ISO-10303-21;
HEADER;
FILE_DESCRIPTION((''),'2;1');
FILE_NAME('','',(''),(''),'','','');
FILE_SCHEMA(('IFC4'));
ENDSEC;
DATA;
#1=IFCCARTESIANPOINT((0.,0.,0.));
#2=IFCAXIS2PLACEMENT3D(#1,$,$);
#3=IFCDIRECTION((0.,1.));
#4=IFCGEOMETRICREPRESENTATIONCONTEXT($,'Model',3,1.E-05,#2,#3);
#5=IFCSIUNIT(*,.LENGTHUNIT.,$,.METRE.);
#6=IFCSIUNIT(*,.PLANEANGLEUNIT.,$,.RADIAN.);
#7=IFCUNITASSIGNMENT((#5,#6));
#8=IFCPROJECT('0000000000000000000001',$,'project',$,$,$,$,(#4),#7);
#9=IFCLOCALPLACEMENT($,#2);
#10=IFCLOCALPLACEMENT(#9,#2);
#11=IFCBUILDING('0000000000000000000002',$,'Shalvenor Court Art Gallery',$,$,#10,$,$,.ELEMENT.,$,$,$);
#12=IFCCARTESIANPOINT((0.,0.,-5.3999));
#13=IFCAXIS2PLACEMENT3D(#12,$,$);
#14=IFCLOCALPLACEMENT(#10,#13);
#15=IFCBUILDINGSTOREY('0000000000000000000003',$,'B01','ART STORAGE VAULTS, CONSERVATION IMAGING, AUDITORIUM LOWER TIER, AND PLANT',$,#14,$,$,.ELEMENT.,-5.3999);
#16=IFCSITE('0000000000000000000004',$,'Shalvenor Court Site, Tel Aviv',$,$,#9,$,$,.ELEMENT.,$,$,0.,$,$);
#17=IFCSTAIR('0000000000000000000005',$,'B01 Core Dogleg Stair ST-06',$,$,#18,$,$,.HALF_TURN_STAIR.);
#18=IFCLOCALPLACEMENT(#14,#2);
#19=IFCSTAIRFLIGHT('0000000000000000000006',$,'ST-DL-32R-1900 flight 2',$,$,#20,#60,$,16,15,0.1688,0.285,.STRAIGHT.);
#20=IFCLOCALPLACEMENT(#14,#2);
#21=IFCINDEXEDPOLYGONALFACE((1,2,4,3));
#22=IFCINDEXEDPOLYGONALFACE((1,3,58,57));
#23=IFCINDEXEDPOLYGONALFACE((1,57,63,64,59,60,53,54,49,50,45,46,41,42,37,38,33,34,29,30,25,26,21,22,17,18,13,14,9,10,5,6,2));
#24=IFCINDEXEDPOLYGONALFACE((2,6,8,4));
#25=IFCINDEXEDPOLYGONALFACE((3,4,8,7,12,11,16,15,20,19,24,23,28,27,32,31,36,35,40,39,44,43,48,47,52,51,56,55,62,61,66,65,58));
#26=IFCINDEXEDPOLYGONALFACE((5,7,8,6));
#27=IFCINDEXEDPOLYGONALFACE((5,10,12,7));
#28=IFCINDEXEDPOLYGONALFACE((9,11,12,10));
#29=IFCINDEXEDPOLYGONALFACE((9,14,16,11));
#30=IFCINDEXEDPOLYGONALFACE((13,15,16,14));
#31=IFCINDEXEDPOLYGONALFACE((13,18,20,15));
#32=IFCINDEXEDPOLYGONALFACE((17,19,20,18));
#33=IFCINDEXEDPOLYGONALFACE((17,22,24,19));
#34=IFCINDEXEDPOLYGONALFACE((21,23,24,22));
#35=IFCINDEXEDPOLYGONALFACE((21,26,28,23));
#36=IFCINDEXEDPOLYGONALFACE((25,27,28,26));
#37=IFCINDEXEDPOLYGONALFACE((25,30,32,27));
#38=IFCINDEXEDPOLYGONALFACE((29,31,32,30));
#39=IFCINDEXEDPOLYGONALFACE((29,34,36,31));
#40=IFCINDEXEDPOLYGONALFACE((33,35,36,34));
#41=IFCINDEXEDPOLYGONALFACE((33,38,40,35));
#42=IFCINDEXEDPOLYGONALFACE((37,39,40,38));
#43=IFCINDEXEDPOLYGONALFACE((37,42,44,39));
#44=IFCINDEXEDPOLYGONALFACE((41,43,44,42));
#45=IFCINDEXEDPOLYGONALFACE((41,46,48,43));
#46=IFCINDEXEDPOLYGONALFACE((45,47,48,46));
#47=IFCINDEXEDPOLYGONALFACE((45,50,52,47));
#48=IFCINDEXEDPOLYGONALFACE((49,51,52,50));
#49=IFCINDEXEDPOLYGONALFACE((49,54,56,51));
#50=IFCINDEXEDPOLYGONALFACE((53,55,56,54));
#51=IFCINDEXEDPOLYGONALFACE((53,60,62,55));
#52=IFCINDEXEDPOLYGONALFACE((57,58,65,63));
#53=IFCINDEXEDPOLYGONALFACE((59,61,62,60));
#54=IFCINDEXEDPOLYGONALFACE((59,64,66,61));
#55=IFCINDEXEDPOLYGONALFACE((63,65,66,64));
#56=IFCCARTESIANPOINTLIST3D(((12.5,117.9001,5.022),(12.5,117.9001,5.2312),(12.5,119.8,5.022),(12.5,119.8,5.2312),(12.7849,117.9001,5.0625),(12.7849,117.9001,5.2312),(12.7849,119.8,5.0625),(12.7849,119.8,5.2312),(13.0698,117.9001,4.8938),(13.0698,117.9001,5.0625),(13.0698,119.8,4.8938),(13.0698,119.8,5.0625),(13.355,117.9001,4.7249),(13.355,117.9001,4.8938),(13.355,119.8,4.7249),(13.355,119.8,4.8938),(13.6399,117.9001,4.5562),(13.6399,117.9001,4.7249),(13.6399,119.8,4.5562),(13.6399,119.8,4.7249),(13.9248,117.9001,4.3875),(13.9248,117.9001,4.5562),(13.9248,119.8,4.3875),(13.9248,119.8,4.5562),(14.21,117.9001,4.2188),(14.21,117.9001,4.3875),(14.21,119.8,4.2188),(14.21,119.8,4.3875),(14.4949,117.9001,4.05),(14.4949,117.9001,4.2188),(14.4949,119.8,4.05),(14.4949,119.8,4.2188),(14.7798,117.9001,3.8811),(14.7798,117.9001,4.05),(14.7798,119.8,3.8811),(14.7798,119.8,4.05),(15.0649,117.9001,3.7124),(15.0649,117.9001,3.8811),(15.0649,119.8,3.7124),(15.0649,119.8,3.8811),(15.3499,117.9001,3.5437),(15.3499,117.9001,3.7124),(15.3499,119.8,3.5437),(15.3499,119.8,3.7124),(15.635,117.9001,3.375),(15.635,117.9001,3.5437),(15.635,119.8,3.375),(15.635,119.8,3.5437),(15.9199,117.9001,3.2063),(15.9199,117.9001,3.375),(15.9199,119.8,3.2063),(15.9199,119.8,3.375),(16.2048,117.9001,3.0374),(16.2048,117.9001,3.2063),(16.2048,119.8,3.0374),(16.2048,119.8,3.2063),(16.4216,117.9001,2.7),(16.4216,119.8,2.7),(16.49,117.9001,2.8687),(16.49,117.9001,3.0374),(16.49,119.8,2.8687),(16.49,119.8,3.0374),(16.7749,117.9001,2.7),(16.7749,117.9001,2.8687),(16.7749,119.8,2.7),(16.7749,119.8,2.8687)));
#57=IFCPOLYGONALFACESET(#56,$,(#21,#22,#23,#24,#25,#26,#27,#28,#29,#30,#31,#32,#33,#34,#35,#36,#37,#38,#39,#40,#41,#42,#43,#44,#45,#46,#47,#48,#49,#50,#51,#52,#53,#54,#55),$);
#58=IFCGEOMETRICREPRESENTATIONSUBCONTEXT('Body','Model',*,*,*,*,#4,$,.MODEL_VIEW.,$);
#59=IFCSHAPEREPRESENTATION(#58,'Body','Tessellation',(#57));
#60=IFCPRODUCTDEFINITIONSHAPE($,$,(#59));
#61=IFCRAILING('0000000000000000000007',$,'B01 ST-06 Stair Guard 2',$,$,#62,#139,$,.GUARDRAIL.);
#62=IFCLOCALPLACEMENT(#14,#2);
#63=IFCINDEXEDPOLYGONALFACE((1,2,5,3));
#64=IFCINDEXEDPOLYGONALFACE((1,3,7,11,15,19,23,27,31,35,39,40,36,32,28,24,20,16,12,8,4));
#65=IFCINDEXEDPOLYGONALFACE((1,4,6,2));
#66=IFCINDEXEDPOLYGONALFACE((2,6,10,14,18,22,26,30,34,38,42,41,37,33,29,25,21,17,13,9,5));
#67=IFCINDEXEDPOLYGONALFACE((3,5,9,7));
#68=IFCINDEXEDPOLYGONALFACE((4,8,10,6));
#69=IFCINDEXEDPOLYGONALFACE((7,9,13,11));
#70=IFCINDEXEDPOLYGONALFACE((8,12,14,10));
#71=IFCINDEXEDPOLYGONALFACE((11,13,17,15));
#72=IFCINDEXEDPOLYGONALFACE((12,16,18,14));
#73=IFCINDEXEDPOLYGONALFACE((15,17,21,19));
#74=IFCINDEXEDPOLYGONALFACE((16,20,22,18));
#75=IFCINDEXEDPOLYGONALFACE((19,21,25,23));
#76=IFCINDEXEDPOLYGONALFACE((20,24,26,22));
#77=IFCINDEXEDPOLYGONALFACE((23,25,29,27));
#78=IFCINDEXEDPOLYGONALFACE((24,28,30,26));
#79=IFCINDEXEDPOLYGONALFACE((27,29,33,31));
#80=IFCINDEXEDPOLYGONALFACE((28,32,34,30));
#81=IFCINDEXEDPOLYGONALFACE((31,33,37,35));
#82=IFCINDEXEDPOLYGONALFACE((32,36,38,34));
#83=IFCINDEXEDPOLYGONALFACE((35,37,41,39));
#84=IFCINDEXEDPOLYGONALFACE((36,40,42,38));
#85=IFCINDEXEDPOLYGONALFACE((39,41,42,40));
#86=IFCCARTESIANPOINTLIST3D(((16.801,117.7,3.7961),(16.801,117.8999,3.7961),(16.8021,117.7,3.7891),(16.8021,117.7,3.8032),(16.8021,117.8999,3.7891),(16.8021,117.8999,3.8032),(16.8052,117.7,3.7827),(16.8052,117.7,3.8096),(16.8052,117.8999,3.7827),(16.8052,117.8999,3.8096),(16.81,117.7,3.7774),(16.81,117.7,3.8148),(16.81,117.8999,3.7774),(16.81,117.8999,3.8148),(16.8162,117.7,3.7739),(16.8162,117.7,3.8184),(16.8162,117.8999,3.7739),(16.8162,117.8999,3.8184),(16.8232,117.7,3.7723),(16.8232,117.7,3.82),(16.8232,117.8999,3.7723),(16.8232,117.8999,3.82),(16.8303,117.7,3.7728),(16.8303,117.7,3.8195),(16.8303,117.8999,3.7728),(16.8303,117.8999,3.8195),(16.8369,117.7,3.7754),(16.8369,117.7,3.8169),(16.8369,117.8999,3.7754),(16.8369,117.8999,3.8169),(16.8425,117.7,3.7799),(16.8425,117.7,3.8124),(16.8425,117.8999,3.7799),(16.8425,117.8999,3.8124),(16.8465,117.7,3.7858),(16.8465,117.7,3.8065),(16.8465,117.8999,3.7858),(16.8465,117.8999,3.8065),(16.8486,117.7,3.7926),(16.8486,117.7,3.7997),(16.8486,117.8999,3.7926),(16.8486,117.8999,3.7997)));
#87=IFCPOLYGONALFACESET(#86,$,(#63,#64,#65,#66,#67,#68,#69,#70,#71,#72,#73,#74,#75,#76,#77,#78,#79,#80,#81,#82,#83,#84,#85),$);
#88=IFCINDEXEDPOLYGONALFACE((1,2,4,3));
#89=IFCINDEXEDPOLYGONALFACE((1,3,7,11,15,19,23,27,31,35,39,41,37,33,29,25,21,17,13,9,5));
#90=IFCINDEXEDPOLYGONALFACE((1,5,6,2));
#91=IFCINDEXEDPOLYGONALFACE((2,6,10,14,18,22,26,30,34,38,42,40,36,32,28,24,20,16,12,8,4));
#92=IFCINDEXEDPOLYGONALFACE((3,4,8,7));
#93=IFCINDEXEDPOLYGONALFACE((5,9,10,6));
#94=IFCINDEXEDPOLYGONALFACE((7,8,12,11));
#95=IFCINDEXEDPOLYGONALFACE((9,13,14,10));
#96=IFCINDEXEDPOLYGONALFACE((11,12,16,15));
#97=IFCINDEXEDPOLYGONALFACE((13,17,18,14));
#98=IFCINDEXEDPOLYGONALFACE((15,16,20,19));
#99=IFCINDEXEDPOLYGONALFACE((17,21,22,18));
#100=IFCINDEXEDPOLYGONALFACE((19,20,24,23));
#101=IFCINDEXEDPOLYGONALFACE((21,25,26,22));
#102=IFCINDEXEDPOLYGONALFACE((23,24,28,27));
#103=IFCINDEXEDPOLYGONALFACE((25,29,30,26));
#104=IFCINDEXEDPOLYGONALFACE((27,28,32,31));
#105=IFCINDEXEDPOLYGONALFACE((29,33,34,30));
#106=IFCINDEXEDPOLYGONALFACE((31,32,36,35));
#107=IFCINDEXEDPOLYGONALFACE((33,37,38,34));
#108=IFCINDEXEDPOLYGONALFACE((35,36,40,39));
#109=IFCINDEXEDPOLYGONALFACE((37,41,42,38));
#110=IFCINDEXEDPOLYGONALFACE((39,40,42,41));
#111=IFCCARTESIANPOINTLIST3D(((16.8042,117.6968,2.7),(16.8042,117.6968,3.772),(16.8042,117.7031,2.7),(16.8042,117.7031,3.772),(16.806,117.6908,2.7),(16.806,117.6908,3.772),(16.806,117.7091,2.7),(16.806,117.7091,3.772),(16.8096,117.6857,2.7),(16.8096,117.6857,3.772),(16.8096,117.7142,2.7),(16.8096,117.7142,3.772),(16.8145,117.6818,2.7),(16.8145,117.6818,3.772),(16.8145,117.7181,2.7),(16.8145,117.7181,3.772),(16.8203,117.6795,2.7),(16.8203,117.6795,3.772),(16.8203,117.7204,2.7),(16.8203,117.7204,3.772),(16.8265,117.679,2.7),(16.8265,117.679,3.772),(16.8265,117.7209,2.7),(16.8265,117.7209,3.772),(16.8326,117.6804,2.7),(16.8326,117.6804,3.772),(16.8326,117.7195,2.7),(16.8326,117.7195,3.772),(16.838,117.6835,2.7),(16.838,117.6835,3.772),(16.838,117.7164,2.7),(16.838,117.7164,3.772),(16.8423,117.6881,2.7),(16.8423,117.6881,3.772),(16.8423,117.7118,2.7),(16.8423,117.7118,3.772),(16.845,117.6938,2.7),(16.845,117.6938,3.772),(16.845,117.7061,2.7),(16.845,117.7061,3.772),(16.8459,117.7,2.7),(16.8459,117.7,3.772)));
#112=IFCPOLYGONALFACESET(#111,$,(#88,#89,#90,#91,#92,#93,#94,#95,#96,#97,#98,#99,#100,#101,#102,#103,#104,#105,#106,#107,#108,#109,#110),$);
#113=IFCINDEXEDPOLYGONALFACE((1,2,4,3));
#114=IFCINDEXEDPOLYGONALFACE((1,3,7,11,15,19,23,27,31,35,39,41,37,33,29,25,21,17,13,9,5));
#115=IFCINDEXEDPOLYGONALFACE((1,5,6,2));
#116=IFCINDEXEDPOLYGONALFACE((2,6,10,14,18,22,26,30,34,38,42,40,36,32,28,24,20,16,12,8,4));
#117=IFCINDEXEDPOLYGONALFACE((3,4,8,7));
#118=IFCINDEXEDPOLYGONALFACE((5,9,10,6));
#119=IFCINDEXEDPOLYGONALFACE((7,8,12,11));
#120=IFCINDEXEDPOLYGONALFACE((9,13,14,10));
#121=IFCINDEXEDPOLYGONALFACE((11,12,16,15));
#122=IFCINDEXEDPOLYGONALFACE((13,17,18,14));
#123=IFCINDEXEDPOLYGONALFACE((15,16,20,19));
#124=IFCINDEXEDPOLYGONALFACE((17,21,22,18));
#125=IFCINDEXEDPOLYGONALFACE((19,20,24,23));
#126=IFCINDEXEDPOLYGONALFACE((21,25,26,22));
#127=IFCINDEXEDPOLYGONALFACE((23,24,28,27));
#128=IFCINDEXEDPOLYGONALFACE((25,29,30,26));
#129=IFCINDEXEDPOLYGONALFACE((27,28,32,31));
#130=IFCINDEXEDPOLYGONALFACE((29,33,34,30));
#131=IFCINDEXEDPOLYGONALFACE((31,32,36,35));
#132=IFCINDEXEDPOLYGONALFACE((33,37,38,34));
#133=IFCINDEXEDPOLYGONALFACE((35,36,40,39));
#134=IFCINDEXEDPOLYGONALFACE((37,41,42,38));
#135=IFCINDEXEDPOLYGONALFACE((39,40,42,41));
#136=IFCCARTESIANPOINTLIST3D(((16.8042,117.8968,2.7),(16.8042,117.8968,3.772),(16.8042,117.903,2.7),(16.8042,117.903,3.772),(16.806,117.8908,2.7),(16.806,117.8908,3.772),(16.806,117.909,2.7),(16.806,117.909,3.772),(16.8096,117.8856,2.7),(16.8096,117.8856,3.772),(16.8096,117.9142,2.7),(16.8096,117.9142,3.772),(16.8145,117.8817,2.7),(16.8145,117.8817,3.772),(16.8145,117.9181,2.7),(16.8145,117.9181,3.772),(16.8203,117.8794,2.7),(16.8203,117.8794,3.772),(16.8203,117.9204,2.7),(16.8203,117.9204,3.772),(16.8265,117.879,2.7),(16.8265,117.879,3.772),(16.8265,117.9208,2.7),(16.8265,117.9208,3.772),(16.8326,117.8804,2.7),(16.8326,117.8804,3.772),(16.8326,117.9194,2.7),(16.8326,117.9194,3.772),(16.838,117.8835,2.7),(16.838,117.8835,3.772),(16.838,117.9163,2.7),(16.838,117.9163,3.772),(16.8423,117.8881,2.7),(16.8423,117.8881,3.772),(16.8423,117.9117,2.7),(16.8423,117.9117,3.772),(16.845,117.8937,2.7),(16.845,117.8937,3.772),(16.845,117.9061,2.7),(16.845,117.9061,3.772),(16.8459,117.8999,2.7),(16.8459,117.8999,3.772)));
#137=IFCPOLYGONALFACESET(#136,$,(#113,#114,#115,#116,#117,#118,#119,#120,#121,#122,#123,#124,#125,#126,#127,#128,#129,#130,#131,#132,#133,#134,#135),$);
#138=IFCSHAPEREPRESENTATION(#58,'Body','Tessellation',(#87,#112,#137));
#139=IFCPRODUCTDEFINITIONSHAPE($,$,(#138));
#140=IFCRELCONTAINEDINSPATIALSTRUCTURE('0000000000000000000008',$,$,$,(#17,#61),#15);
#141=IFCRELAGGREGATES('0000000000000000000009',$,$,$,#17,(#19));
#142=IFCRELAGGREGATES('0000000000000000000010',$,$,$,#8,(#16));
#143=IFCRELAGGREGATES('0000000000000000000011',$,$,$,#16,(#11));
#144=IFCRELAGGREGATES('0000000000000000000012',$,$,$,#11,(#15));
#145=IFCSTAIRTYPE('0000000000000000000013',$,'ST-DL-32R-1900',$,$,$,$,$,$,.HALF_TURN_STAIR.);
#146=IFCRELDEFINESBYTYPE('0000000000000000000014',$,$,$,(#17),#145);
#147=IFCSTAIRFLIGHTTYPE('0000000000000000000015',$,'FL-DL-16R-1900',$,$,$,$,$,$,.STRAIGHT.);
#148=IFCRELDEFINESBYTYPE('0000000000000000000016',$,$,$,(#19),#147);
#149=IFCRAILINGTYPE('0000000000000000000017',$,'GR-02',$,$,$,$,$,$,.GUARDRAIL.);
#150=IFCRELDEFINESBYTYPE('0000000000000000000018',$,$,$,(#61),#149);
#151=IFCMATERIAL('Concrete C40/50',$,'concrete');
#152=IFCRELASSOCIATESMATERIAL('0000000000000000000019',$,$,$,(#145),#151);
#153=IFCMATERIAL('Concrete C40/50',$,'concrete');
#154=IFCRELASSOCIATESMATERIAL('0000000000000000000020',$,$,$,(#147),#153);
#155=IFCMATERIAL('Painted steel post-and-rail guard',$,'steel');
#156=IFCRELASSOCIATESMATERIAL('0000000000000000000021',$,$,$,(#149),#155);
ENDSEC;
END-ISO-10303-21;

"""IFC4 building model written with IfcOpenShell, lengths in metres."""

from ifc_helpers import new_model, si_unit, direction, frame, origin, origin_2d, place, context, subcontext, project, spatial, polyline, circle, outline, extrude, material, type_object, element, aggregate, save


model = new_model("IFC4")

# Units and contexts
model_context = context("Model", 3, precision=1e-05, world=origin(), true_north=direction((0.0, 1.0)))
body_context = subcontext(model_context, "Body", "Model", "MODEL_VIEW")
ifc_project = project(units=[si_unit("LENGTHUNIT", "METRE"), si_unit("PLANEANGLEUNIT", "RADIAN")], contexts=[model_context])

# Site, building, storey
site_placement = place(None, origin())
site = spatial("IfcSite", under=ifc_project, at=site_placement, Name="Shalvenor Court Site, Tel Aviv", CompositionType="ELEMENT", RefElevation=0.0)
building_placement = place(site_placement, origin())
building = spatial("IfcBuilding", under=site, at=building_placement, Name="Shalvenor Court Art Gallery", CompositionType="ELEMENT")
storey_placement = place(building_placement, frame((0.0, 0.0, -5.3999)))
storey = spatial("IfcBuildingStorey", under=building, at=storey_placement, Name="B01", Description="ART STORAGE VAULTS, CONSERVATION IMAGING, AUDITORIUM LOWER TIER, AND PLANT", CompositionType="ELEMENT", Elevation=-5.3999)

# Stair, stair flight
ifc_material_1 = material(Name="Concrete C40/50", Category="concrete")
stair_type = type_object("IfcStairType", Name="ST-DL-32R-1900", PredefinedType="HALF_TURN_STAIR", material=ifc_material_1)
stair_placement = place(storey_placement, origin())
stair = element("IfcStair", 1, at=stair_placement, inside=storey, type_object=stair_type, Name="B01 Core Dogleg Stair ST-06", PredefinedType="HALF_TURN_STAIR")
ifc_material_2 = material(Name="Concrete C40/50", Category="concrete")
stair_flight_type = type_object("IfcStairFlightType", Name="FL-DL-16R-1900", PredefinedType="STRAIGHT", material=ifc_material_2)
stair_flight_placement = place(storey_placement, frame((16.7749, 118.8501, 2.7), z_axis=(0.0, 0.0, 1.0), x_axis=(-1.0, 0.0, 0.0)))
stair_flight = element("IfcStairFlight", 2, at=stair_flight_placement, type_object=stair_flight_type, Name="ST-DL-32R-1900 flight 2", NumberOfRisers=16, NumberOfTreads=15, PredefinedType="STRAIGHT", RiserHeight=0.1688, TreadLength=0.285, context=body_context, shape_type="SweptSolid", body=[
    extrude(outline(polyline([(0.0, 0.0), (0.0, 0.1687), (0.2849, 0.1687), (0.2849, 0.3374), (0.5701, 0.3374), (0.5701, 0.5063), (0.855, 0.5063), (0.855, 0.675), (1.1399, 0.675), (1.1399, 0.8438), (1.425, 0.8438), (1.425, 1.0125), (1.71, 1.0125), (1.71, 1.1812), (1.9951, 1.1812), (1.9951, 1.3501), (2.28, 1.3501), (2.28, 1.5188), (2.5649, 1.5188), (2.5649, 1.6875), (2.8501, 1.6875), (2.8501, 1.8562), (3.135, 1.8562), (3.135, 2.0249), (3.4199, 2.0249), (3.4199, 2.1938), (3.7051, 2.1938), (3.7051, 2.3625), (3.99, 2.3625), (3.99, 2.5312), (4.2749, 2.5312), (4.2749, 2.7), (4.2749, 2.322), (0.3533, 0.0), (0.0, 0.0)])), frame((0.0, 0.95, 0.0), z_axis=(0.0, -1.0, 0.0), x_axis=(1.0, 0.0, 0.0)), (0.0, 0.0, 1.0), 1.8999),
])
aggregate(stair, [stair_flight])

# Railing
ifc_material_3 = material(Name="Painted steel post-and-rail guard", Category="steel")
railing_type_1 = type_object("IfcRailingType", Name="GR-02", PredefinedType="GUARDRAIL", material=ifc_material_3)
railing_1_placement = place(storey_placement, frame((16.825, 117.7, 2.7)))
element("IfcRailing", 3, at=railing_1_placement, inside=storey, type_object=railing_type_1, Name="B01 ST-06 Stair Guard 2", PredefinedType="GUARDRAIL", context=body_context, shape_type="SweptSolid", body=[
    extrude(circle(Radius=0.0239, at=origin_2d()), frame((0.0, 0.0, 1.0962), z_axis=(0.0, 1.0, 0.0), x_axis=(-1.0, 0.0, 0.0)), (0.0, 0.0, 1.0), 0.2),
    extrude(circle(Radius=0.021, at=origin_2d()), origin(), (0.0, 0.0, 1.0), 1.072),
    extrude(circle(Radius=0.021, at=origin_2d()), frame((0.0, 0.2, 0.0)), (0.0, 0.0, 1.0), 1.072),
])

save(model, "model.ifc")
